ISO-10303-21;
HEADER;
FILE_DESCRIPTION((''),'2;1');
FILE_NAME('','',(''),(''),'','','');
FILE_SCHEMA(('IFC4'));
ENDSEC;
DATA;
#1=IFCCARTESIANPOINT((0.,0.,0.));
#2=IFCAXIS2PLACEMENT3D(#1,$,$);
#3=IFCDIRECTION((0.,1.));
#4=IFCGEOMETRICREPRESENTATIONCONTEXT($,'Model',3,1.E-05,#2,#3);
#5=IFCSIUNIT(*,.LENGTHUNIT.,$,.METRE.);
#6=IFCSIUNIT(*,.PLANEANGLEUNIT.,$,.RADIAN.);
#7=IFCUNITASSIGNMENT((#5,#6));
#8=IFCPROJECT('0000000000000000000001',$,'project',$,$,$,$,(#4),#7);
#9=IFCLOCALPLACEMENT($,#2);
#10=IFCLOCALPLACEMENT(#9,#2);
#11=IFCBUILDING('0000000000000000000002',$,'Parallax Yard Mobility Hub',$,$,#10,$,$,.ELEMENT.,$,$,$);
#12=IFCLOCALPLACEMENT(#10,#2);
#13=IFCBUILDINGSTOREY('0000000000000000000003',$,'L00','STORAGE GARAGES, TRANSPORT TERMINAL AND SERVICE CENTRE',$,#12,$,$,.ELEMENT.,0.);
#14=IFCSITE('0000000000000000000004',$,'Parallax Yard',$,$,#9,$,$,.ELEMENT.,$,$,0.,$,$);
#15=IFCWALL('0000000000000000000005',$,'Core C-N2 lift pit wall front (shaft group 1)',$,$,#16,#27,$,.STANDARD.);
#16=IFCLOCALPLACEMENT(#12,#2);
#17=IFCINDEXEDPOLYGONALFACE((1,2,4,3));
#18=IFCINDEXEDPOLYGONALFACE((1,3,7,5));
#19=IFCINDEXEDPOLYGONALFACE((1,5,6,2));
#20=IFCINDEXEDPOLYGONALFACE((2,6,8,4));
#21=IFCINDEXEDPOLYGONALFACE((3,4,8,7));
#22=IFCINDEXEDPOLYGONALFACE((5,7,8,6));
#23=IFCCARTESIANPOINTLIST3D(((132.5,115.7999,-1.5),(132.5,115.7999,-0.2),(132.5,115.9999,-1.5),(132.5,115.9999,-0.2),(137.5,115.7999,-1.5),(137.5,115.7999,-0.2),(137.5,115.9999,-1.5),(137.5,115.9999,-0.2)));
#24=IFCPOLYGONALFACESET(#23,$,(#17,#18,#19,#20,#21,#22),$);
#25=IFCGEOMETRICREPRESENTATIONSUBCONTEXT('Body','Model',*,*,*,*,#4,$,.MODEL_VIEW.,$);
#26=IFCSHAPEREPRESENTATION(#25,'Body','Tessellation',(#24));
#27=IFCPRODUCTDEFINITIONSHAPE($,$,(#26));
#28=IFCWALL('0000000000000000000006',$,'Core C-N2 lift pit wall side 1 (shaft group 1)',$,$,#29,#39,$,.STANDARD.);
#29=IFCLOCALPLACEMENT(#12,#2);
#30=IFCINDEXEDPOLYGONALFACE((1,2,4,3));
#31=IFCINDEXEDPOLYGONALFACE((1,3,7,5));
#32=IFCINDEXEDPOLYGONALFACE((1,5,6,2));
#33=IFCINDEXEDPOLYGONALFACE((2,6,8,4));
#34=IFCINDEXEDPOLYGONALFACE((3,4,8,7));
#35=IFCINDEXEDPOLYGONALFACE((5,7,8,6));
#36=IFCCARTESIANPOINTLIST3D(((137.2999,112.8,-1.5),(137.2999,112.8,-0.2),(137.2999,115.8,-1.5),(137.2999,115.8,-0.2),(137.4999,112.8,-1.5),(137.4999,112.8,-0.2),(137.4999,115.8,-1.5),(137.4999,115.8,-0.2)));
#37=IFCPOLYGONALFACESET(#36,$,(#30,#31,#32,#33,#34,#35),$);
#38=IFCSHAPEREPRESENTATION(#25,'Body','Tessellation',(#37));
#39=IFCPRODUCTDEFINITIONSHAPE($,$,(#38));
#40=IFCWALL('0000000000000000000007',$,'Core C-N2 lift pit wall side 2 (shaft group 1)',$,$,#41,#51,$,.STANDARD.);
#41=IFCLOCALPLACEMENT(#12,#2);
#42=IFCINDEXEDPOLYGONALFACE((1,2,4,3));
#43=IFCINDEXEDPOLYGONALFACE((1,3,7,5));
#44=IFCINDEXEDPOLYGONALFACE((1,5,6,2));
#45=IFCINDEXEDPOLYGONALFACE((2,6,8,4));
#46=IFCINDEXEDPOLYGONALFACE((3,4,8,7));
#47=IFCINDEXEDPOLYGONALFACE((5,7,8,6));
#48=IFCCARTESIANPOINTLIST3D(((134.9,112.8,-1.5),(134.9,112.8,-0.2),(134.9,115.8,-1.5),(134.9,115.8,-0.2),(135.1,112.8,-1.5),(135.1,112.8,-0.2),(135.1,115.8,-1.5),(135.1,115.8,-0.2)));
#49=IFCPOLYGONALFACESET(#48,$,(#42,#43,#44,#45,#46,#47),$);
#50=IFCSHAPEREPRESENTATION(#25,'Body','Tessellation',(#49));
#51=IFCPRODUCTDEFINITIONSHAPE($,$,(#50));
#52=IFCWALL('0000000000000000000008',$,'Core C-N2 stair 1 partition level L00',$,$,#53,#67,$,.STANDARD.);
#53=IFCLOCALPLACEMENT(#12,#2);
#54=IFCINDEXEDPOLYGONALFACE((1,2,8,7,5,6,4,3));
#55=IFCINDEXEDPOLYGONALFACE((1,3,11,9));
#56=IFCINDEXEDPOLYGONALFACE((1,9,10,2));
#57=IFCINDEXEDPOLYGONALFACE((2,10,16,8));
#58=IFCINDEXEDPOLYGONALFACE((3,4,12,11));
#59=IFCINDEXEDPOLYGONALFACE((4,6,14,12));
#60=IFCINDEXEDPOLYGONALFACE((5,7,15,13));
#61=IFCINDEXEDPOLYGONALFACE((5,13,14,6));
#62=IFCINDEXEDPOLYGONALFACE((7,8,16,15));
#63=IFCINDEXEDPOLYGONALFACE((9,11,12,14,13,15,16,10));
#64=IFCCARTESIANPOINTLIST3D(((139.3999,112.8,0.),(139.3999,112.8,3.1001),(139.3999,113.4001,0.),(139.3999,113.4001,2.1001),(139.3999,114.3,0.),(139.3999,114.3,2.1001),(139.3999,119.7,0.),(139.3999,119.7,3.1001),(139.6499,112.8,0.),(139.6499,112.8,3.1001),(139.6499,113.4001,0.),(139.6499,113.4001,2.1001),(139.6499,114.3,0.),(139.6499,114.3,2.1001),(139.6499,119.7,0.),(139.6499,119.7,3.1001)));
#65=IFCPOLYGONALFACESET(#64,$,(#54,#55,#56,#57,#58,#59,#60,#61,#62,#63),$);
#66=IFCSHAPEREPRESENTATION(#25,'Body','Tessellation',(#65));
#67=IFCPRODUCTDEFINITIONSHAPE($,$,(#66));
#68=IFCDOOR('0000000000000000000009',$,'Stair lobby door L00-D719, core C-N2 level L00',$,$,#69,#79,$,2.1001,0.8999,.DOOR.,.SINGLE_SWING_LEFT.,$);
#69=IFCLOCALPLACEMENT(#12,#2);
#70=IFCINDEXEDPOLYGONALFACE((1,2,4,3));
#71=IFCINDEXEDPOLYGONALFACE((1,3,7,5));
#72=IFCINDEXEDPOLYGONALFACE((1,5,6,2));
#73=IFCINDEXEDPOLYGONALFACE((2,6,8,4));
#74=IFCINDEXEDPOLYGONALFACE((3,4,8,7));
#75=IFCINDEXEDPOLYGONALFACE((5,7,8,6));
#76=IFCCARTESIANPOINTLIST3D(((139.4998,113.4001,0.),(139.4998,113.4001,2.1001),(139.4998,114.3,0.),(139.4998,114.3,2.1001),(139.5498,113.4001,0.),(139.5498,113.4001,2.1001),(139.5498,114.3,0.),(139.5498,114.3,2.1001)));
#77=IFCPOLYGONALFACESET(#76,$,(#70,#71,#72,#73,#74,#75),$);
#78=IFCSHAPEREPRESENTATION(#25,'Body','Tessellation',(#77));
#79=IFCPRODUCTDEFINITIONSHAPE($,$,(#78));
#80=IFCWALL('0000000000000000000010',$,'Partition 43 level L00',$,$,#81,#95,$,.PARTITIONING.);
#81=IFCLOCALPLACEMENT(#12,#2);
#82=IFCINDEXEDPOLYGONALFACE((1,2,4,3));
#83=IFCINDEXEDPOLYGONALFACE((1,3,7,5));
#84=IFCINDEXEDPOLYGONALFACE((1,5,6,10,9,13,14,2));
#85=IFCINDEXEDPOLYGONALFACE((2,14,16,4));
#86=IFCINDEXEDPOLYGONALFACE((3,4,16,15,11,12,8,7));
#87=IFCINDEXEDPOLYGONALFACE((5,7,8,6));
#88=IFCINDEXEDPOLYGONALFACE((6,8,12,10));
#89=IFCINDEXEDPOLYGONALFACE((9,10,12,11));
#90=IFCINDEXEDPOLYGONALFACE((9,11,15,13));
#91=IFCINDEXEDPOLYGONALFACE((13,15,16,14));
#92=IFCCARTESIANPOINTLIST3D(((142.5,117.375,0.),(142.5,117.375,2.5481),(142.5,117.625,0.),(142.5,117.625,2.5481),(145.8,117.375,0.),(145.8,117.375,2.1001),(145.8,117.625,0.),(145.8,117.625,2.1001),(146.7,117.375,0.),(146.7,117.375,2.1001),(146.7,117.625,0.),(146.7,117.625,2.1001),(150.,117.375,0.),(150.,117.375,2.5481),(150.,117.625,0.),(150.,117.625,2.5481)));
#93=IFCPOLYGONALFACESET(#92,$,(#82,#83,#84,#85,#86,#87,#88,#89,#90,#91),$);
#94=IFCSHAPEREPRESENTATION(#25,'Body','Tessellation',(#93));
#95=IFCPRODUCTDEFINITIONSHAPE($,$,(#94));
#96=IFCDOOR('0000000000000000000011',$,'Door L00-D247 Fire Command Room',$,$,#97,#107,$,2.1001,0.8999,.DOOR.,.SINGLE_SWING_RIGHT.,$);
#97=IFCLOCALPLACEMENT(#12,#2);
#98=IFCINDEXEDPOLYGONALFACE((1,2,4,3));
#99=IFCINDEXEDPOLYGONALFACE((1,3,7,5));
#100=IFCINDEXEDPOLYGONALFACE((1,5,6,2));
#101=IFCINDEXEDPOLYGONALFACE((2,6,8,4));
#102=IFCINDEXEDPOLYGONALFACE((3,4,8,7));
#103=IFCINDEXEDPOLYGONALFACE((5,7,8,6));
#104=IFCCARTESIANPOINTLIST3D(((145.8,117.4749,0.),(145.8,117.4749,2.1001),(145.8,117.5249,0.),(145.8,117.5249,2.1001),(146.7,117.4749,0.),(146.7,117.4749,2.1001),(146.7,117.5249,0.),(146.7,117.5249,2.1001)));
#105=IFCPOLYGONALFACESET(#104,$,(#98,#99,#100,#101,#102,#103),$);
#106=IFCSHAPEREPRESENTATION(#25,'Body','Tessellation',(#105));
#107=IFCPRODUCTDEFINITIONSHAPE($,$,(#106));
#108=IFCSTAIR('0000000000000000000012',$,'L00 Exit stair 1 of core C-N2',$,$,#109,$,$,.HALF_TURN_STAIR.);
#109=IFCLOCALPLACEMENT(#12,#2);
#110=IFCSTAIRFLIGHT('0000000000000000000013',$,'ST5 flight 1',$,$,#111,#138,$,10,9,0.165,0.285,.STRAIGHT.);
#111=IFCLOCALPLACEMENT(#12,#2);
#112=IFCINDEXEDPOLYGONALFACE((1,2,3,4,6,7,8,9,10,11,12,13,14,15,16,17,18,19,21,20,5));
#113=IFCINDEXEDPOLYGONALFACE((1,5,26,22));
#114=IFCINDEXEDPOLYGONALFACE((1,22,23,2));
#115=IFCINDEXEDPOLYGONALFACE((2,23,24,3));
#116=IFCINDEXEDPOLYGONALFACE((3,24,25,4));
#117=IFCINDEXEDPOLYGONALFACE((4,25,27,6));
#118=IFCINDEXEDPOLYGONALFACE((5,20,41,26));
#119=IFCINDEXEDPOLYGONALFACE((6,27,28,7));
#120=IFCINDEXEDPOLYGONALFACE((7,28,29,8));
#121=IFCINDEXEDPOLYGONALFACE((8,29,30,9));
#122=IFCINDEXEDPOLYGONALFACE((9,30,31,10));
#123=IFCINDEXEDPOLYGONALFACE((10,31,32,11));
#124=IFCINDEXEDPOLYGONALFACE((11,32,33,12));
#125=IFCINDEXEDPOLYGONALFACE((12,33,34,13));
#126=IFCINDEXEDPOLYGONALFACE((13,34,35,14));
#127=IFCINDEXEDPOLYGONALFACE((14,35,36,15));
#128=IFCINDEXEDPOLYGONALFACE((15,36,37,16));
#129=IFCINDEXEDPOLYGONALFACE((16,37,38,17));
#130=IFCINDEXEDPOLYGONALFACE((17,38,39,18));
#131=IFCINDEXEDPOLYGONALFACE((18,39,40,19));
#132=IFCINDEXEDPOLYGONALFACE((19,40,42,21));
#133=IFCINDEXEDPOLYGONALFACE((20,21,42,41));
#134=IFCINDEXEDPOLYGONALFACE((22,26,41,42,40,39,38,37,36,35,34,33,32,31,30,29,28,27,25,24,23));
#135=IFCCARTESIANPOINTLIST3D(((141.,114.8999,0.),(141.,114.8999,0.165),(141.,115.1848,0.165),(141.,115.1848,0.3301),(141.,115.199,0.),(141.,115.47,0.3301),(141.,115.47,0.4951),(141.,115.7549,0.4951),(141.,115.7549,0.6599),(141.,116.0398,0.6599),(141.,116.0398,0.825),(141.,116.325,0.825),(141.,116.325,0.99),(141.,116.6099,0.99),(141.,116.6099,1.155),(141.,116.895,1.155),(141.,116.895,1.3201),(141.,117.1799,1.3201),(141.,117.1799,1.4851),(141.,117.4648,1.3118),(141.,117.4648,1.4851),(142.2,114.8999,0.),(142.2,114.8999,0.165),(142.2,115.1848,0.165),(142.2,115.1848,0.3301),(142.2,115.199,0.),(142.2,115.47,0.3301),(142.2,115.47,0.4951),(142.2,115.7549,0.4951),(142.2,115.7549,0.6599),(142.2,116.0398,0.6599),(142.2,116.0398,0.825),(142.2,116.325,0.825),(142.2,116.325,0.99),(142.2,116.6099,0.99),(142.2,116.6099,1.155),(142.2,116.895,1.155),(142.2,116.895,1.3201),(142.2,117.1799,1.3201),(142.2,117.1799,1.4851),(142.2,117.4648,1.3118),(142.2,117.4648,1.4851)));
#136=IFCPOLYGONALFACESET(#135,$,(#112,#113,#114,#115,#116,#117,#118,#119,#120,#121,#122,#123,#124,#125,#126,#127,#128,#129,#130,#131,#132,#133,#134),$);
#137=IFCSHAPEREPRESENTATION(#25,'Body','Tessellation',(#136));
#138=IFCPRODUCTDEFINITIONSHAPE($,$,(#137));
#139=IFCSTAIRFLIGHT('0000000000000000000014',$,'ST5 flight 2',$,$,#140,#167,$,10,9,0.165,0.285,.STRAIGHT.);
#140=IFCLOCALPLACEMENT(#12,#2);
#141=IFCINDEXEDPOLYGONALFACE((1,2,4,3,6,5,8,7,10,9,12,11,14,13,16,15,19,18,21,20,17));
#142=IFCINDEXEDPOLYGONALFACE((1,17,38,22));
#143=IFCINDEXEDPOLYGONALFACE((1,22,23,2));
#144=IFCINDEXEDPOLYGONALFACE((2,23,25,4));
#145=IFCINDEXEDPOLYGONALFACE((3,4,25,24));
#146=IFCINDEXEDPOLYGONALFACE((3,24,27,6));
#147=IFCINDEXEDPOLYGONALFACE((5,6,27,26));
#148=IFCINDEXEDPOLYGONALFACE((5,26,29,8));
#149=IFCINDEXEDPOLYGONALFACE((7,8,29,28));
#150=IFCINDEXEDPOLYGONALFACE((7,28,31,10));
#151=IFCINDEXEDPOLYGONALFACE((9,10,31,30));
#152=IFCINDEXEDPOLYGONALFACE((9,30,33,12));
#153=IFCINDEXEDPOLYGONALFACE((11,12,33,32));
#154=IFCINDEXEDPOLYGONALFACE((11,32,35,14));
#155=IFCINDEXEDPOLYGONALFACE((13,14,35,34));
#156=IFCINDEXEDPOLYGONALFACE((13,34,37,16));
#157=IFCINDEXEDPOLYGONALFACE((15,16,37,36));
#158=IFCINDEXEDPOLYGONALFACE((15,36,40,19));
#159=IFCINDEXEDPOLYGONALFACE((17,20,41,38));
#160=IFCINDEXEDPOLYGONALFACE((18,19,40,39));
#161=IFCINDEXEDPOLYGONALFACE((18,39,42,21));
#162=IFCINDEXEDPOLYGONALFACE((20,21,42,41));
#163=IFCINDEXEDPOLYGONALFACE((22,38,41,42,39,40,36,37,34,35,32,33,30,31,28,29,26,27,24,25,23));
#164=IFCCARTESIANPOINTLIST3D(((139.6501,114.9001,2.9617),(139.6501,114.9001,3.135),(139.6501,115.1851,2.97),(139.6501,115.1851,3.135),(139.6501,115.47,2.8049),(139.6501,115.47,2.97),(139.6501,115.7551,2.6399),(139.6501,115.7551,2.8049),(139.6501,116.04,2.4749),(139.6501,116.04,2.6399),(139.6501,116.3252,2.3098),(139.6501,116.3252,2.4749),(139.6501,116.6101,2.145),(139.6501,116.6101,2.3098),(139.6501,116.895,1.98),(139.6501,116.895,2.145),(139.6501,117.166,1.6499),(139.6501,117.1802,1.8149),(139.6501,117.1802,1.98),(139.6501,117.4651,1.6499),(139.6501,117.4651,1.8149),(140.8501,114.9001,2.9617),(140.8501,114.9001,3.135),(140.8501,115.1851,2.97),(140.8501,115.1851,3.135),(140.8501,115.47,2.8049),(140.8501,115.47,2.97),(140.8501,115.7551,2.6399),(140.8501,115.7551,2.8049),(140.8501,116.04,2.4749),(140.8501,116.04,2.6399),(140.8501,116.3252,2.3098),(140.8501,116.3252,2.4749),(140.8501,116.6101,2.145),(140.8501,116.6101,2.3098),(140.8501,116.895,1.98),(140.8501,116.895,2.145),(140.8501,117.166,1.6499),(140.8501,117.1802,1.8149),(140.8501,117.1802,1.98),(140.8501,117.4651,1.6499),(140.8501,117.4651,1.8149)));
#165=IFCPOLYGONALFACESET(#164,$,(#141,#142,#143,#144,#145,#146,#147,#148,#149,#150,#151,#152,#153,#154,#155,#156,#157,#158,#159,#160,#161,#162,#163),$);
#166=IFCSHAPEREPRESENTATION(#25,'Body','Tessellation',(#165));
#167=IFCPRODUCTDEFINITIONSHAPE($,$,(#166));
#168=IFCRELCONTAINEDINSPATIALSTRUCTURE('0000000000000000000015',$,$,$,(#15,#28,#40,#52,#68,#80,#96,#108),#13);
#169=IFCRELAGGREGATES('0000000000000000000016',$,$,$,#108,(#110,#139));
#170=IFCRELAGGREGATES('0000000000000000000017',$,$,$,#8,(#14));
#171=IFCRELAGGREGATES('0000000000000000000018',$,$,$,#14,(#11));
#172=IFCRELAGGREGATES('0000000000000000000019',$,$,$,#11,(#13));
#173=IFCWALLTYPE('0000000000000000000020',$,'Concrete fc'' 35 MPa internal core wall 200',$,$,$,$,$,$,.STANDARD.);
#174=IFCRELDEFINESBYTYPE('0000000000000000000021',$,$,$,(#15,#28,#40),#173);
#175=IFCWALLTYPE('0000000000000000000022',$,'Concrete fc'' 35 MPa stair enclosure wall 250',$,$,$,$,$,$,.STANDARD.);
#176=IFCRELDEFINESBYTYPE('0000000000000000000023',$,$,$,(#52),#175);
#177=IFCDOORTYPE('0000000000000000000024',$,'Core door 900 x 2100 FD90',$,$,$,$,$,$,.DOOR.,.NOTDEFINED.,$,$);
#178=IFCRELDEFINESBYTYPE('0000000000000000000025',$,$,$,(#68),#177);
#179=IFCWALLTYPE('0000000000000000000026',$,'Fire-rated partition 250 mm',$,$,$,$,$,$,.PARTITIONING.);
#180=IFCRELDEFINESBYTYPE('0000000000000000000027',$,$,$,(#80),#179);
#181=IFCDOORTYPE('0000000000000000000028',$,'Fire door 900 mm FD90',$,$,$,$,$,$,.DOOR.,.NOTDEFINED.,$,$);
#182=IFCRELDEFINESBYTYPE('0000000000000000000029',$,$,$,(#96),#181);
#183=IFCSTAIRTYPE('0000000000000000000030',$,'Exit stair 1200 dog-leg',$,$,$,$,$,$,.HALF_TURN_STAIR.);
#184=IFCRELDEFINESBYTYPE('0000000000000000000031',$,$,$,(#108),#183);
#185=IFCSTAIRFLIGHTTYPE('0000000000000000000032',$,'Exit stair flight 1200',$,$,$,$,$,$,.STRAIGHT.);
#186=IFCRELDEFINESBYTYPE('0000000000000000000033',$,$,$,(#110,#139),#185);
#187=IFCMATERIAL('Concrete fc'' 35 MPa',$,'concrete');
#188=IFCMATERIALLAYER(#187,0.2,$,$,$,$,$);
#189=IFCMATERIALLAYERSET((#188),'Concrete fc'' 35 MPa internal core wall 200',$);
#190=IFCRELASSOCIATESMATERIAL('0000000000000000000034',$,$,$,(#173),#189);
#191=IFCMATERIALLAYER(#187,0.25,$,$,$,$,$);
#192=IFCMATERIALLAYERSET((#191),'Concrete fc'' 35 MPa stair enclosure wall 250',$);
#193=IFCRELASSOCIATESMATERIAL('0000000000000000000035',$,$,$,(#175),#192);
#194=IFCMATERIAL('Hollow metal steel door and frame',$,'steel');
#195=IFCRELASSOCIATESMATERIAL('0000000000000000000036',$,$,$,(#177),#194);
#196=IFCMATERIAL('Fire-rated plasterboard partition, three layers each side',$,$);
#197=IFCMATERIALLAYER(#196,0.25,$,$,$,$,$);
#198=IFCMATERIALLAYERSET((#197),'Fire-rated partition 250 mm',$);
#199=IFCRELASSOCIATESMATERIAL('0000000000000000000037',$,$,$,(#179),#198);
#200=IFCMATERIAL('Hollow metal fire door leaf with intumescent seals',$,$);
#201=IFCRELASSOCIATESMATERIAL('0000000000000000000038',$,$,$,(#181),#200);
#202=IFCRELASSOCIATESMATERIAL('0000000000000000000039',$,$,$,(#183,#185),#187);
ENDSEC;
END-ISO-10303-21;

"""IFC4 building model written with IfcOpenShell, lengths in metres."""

from ifc_helpers import new_model, si_unit, direction, frame, frame_2d, origin, place, context, subcontext, project, spatial, polyline, rectangle, outline, extrude, material, layer, layer_set, type_object, element, fill, aggregate, save


model = new_model("IFC4")

# Units and contexts
model_context = context("Model", 3, precision=1e-05, world=origin(), true_north=direction((0.0, 1.0)))
body_context = subcontext(model_context, "Body", "Model", "MODEL_VIEW")
ifc_project = project(units=[si_unit("LENGTHUNIT", "METRE"), si_unit("PLANEANGLEUNIT", "RADIAN")], contexts=[model_context])

# Site, building, storey
site_placement = place(None, origin())
site = spatial("IfcSite", under=ifc_project, at=site_placement, Name="Parallax Yard", CompositionType="ELEMENT", RefElevation=0.0)
building_placement = place(site_placement, origin())
building = spatial("IfcBuilding", under=site, at=building_placement, Name="Parallax Yard Mobility Hub", CompositionType="ELEMENT")
storey_placement = place(building_placement, origin())
storey = spatial("IfcBuildingStorey", under=building, at=storey_placement, Name="L00", Description="STORAGE GARAGES, TRANSPORT TERMINAL AND SERVICE CENTRE", CompositionType="ELEMENT", Elevation=0.0)

# Shared definitions
ifc_material_1 = material(Name="Concrete fc' 35 MPa", Category="concrete")

# Shared definitions
ifc_layer_1 = layer(ifc_material_1, 0.2)
ifc_layer_set_1 = layer_set([ifc_layer_1], Name="Concrete fc' 35 MPa internal core wall 200")
wall_type_1 = type_object("IfcWallType", Name="Concrete fc' 35 MPa internal core wall 200", PredefinedType="STANDARD", material=ifc_layer_set_1)

# Walls
wall_1_placement = place(storey_placement, frame((137.5, 115.8999, -1.5), z_axis=(0.0, 0.0, 1.0), x_axis=(-1.0, 0.0, 0.0)))
element("IfcWall", 1, at=wall_1_placement, inside=storey, type_object=wall_type_1, Name="Core C-N2 lift pit wall front (shaft group 1)", PredefinedType="STANDARD", context=body_context, shape_type="SweptSolid", body=[
    extrude(rectangle(XDim=5.0, YDim=0.2, at=frame_2d((2.5, 0.0))), origin(), (0.0, 0.0, 1.0), 1.3),
])
for number, where, z_axis, x_axis, name in (
    (2, (137.3999, 115.8, -1.5), (0.0, 0.0, 1.0), (0.0, -1.0, 0.0), "Core C-N2 lift pit wall side 1 (shaft group 1)"),
    (3, (135.0, 115.8, -1.5), (0.0, 0.0, 1.0), (0.0, -1.0, 0.0), "Core C-N2 lift pit wall side 2 (shaft group 1)"),
):
    element("IfcWall", number, at=place(storey_placement, frame(where, z_axis=z_axis, x_axis=x_axis)), inside=storey, type_object=wall_type_1, Name=name, PredefinedType="STANDARD", context=body_context, shape_type="SweptSolid", body=[
        extrude(rectangle(XDim=3.0, YDim=0.2, at=frame_2d((1.5, 0.0))), origin(), (0.0, 0.0, 1.0), 1.3),
    ])

# Walls, openings, doors
ifc_layer_2 = layer(ifc_material_1, 0.25)
ifc_layer_set_2 = layer_set([ifc_layer_2], Name="Concrete fc' 35 MPa stair enclosure wall 250")
wall_type_2 = type_object("IfcWallType", Name="Concrete fc' 35 MPa stair enclosure wall 250", PredefinedType="STANDARD", material=ifc_layer_set_2)
wall_2_placement = place(storey_placement, frame((139.5249, 119.7, 0.0), z_axis=(0.0, 0.0, 1.0), x_axis=(0.0, -1.0, 0.0)))
wall_2 = element("IfcWall", 4, at=wall_2_placement, inside=storey, type_object=wall_type_2, Name="Core C-N2 stair 1 partition level L00", PredefinedType="STANDARD", context=body_context, shape_type="SweptSolid", body=[
    extrude(rectangle(XDim=6.8999, YDim=0.25, at=frame_2d((3.45, 0.0))), origin(), (0.0, 0.0, 1.0), 3.1001),
])
opening_1_placement = place(wall_2_placement, frame((5.3999, 0.0, 0.0)))
opening_1 = element("IfcOpeningElement", 5, at=opening_1_placement, cuts=wall_2, PredefinedType="OPENING", context=body_context, shape_type="SweptSolid", body=[
    extrude(rectangle(XDim=0.8999, YDim=2.1001, at=frame_2d((0.45, 1.05))), frame((0.0, 0.135, 0.0), z_axis=(0.0, -1.0, 0.0), x_axis=(1.0, 0.0, 0.0)), (0.0, 0.0, 1.0), 0.27),
])
ifc_material_2 = material(Name="Hollow metal steel door and frame", Category="steel")
door_type_1 = type_object("IfcDoorType", Name="Core door 900 x 2100 FD90", OperationType="NOTDEFINED", PredefinedType="DOOR", material=ifc_material_2)
door_1_placement = place(opening_1_placement, origin())
door_1 = element("IfcDoor", 6, at=door_1_placement, inside=storey, type_object=door_type_1, Name="Stair lobby door L00-D719, core C-N2 level L00", OperationType="SINGLE_SWING_LEFT", OverallHeight=2.1001, OverallWidth=0.8999, PredefinedType="DOOR", context=body_context, shape_type="SweptSolid", body=[
    extrude(rectangle(XDim=0.8999, YDim=2.1001, at=frame_2d((0.45, 1.05))), frame((0.0, 0.0249, 0.0), z_axis=(0.0, -1.0, 0.0), x_axis=(1.0, 0.0, 0.0)), (0.0, 0.0, 1.0), 0.05),
])
fill(opening_1, door_1)
ifc_material_3 = material(Name="Fire-rated plasterboard partition, three layers each side")
ifc_layer_3 = layer(ifc_material_3, 0.25)
ifc_layer_set_3 = layer_set([ifc_layer_3], Name="Fire-rated partition 250 mm")
wall_type_3 = type_object("IfcWallType", Name="Fire-rated partition 250 mm", PredefinedType="PARTITIONING", material=ifc_layer_set_3)
wall_3_placement = place(storey_placement, frame((142.5, 117.5, 0.0), z_axis=(0.0, 0.0, 1.0), x_axis=(1.0, 0.0, 0.0)))
wall_3 = element("IfcWall", 7, at=wall_3_placement, inside=storey, type_object=wall_type_3, Name="Partition 43 level L00", PredefinedType="PARTITIONING", context=body_context, shape_type="SweptSolid", body=[
    extrude(rectangle(XDim=7.5, YDim=0.25, at=frame_2d((3.75, 0.0))), origin(), (0.0, 0.0, 1.0), 2.5481),
])
opening_2_placement = place(wall_3_placement, frame((3.3, 0.0, 0.0)))
opening_2 = element("IfcOpeningElement", 8, at=opening_2_placement, cuts=wall_3, PredefinedType="OPENING", context=body_context, shape_type="SweptSolid", body=[
    extrude(rectangle(XDim=0.8999, YDim=2.1001, at=frame_2d((0.45, 1.05))), frame((0.0, 0.135, 0.0), z_axis=(0.0, -1.0, 0.0), x_axis=(1.0, 0.0, 0.0)), (0.0, 0.0, 1.0), 0.27),
])
ifc_material_4 = material(Name="Hollow metal fire door leaf with intumescent seals")
door_type_2 = type_object("IfcDoorType", Name="Fire door 900 mm FD90", OperationType="NOTDEFINED", PredefinedType="DOOR", material=ifc_material_4)
door_2_placement = place(opening_2_placement, origin())
door_2 = element("IfcDoor", 9, at=door_2_placement, inside=storey, type_object=door_type_2, Name="Door L00-D247 Fire Command Room", OperationType="SINGLE_SWING_RIGHT", OverallHeight=2.1001, OverallWidth=0.8999, PredefinedType="DOOR", context=body_context, shape_type="SweptSolid", body=[
    extrude(rectangle(XDim=0.8999, YDim=2.1001, at=frame_2d((0.45, 1.05))), frame((0.0, 0.0249, 0.0), z_axis=(0.0, -1.0, 0.0), x_axis=(1.0, 0.0, 0.0)), (0.0, 0.0, 1.0), 0.05),
])
fill(opening_2, door_2)

# Stair, stair flights
stair_type = type_object("IfcStairType", Name="Exit stair 1200 dog-leg", PredefinedType="HALF_TURN_STAIR", material=ifc_material_1)
stair_placement = place(storey_placement, origin())
stair = element("IfcStair", 10, at=stair_placement, inside=storey, type_object=stair_type, Name="L00 Exit stair 1 of core C-N2", PredefinedType="HALF_TURN_STAIR")
stair_flight_type = type_object("IfcStairFlightType", Name="Exit stair flight 1200", PredefinedType="STRAIGHT", material=ifc_material_1)
stair_flight_1_placement = place(storey_placement, frame((141.6001, 114.8999, 0.0), z_axis=(0.0, 0.0, 1.0), x_axis=(0.0, 1.0, 0.0)))
stair_flight_1 = element("IfcStairFlight", 11, at=stair_flight_1_placement, type_object=stair_flight_type, Name="ST5 flight 1", NumberOfRisers=10, NumberOfTreads=9, PredefinedType="STRAIGHT", RiserHeight=0.165, TreadLength=0.285, context=body_context, shape_type="SweptSolid", body=[
    extrude(outline(polyline([(0.0, 0.0), (0.0, 0.165), (0.2849, 0.165), (0.2849, 0.3301), (0.5701, 0.3301), (0.5701, 0.4951), (0.855, 0.4951), (0.855, 0.6599), (1.1399, 0.6599), (1.1399, 0.825), (1.425, 0.825), (1.425, 0.99), (1.71, 0.99), (1.71, 1.155), (1.9951, 1.155), (1.9951, 1.3201), (2.28, 1.3201), (2.28, 1.4851), (2.5649, 1.4851), (2.5649, 1.6499), (2.5649, 1.3118), (0.2991, 0.0), (0.0, 0.0)])), frame((0.0, 0.6001, 0.0), z_axis=(0.0, -1.0, 0.0), x_axis=(1.0, 0.0, 0.0)), (0.0, 0.0, 1.0), 1.2),
])
stair_flight_2_placement = place(storey_placement, frame((140.25, 117.4651, 1.6499), z_axis=(0.0, 0.0, 1.0), x_axis=(0.0, -1.0, 0.0)))
stair_flight_2 = element("IfcStairFlight", 12, at=stair_flight_2_placement, type_object=stair_flight_type, Name="ST5 flight 2", NumberOfRisers=10, NumberOfTreads=9, PredefinedType="STRAIGHT", RiserHeight=0.165, TreadLength=0.285, context=body_context, shape_type="SweptSolid", body=[
    extrude(outline(polyline([(0.0, 0.0), (0.0, 0.165), (0.2849, 0.165), (0.2849, 0.3301), (0.5701, 0.3301), (0.5701, 0.4951), (0.855, 0.4951), (0.855, 0.6599), (1.1399, 0.6599), (1.1399, 0.825), (1.425, 0.825), (1.425, 0.99), (1.71, 0.99), (1.71, 1.155), (1.9951, 1.155), (1.9951, 1.3201), (2.28, 1.3201), (2.28, 1.4851), (2.5649, 1.4851), (2.5649, 1.6499), (2.5649, 1.3118), (0.2991, 0.0), (0.0, 0.0)])), frame((0.0, 0.6001, 0.0), z_axis=(0.0, -1.0, 0.0), x_axis=(1.0, 0.0, 0.0)), (0.0, 0.0, 1.0), 1.2),
])
aggregate(stair, [stair_flight_1, stair_flight_2])

save(model, "model.ifc")
